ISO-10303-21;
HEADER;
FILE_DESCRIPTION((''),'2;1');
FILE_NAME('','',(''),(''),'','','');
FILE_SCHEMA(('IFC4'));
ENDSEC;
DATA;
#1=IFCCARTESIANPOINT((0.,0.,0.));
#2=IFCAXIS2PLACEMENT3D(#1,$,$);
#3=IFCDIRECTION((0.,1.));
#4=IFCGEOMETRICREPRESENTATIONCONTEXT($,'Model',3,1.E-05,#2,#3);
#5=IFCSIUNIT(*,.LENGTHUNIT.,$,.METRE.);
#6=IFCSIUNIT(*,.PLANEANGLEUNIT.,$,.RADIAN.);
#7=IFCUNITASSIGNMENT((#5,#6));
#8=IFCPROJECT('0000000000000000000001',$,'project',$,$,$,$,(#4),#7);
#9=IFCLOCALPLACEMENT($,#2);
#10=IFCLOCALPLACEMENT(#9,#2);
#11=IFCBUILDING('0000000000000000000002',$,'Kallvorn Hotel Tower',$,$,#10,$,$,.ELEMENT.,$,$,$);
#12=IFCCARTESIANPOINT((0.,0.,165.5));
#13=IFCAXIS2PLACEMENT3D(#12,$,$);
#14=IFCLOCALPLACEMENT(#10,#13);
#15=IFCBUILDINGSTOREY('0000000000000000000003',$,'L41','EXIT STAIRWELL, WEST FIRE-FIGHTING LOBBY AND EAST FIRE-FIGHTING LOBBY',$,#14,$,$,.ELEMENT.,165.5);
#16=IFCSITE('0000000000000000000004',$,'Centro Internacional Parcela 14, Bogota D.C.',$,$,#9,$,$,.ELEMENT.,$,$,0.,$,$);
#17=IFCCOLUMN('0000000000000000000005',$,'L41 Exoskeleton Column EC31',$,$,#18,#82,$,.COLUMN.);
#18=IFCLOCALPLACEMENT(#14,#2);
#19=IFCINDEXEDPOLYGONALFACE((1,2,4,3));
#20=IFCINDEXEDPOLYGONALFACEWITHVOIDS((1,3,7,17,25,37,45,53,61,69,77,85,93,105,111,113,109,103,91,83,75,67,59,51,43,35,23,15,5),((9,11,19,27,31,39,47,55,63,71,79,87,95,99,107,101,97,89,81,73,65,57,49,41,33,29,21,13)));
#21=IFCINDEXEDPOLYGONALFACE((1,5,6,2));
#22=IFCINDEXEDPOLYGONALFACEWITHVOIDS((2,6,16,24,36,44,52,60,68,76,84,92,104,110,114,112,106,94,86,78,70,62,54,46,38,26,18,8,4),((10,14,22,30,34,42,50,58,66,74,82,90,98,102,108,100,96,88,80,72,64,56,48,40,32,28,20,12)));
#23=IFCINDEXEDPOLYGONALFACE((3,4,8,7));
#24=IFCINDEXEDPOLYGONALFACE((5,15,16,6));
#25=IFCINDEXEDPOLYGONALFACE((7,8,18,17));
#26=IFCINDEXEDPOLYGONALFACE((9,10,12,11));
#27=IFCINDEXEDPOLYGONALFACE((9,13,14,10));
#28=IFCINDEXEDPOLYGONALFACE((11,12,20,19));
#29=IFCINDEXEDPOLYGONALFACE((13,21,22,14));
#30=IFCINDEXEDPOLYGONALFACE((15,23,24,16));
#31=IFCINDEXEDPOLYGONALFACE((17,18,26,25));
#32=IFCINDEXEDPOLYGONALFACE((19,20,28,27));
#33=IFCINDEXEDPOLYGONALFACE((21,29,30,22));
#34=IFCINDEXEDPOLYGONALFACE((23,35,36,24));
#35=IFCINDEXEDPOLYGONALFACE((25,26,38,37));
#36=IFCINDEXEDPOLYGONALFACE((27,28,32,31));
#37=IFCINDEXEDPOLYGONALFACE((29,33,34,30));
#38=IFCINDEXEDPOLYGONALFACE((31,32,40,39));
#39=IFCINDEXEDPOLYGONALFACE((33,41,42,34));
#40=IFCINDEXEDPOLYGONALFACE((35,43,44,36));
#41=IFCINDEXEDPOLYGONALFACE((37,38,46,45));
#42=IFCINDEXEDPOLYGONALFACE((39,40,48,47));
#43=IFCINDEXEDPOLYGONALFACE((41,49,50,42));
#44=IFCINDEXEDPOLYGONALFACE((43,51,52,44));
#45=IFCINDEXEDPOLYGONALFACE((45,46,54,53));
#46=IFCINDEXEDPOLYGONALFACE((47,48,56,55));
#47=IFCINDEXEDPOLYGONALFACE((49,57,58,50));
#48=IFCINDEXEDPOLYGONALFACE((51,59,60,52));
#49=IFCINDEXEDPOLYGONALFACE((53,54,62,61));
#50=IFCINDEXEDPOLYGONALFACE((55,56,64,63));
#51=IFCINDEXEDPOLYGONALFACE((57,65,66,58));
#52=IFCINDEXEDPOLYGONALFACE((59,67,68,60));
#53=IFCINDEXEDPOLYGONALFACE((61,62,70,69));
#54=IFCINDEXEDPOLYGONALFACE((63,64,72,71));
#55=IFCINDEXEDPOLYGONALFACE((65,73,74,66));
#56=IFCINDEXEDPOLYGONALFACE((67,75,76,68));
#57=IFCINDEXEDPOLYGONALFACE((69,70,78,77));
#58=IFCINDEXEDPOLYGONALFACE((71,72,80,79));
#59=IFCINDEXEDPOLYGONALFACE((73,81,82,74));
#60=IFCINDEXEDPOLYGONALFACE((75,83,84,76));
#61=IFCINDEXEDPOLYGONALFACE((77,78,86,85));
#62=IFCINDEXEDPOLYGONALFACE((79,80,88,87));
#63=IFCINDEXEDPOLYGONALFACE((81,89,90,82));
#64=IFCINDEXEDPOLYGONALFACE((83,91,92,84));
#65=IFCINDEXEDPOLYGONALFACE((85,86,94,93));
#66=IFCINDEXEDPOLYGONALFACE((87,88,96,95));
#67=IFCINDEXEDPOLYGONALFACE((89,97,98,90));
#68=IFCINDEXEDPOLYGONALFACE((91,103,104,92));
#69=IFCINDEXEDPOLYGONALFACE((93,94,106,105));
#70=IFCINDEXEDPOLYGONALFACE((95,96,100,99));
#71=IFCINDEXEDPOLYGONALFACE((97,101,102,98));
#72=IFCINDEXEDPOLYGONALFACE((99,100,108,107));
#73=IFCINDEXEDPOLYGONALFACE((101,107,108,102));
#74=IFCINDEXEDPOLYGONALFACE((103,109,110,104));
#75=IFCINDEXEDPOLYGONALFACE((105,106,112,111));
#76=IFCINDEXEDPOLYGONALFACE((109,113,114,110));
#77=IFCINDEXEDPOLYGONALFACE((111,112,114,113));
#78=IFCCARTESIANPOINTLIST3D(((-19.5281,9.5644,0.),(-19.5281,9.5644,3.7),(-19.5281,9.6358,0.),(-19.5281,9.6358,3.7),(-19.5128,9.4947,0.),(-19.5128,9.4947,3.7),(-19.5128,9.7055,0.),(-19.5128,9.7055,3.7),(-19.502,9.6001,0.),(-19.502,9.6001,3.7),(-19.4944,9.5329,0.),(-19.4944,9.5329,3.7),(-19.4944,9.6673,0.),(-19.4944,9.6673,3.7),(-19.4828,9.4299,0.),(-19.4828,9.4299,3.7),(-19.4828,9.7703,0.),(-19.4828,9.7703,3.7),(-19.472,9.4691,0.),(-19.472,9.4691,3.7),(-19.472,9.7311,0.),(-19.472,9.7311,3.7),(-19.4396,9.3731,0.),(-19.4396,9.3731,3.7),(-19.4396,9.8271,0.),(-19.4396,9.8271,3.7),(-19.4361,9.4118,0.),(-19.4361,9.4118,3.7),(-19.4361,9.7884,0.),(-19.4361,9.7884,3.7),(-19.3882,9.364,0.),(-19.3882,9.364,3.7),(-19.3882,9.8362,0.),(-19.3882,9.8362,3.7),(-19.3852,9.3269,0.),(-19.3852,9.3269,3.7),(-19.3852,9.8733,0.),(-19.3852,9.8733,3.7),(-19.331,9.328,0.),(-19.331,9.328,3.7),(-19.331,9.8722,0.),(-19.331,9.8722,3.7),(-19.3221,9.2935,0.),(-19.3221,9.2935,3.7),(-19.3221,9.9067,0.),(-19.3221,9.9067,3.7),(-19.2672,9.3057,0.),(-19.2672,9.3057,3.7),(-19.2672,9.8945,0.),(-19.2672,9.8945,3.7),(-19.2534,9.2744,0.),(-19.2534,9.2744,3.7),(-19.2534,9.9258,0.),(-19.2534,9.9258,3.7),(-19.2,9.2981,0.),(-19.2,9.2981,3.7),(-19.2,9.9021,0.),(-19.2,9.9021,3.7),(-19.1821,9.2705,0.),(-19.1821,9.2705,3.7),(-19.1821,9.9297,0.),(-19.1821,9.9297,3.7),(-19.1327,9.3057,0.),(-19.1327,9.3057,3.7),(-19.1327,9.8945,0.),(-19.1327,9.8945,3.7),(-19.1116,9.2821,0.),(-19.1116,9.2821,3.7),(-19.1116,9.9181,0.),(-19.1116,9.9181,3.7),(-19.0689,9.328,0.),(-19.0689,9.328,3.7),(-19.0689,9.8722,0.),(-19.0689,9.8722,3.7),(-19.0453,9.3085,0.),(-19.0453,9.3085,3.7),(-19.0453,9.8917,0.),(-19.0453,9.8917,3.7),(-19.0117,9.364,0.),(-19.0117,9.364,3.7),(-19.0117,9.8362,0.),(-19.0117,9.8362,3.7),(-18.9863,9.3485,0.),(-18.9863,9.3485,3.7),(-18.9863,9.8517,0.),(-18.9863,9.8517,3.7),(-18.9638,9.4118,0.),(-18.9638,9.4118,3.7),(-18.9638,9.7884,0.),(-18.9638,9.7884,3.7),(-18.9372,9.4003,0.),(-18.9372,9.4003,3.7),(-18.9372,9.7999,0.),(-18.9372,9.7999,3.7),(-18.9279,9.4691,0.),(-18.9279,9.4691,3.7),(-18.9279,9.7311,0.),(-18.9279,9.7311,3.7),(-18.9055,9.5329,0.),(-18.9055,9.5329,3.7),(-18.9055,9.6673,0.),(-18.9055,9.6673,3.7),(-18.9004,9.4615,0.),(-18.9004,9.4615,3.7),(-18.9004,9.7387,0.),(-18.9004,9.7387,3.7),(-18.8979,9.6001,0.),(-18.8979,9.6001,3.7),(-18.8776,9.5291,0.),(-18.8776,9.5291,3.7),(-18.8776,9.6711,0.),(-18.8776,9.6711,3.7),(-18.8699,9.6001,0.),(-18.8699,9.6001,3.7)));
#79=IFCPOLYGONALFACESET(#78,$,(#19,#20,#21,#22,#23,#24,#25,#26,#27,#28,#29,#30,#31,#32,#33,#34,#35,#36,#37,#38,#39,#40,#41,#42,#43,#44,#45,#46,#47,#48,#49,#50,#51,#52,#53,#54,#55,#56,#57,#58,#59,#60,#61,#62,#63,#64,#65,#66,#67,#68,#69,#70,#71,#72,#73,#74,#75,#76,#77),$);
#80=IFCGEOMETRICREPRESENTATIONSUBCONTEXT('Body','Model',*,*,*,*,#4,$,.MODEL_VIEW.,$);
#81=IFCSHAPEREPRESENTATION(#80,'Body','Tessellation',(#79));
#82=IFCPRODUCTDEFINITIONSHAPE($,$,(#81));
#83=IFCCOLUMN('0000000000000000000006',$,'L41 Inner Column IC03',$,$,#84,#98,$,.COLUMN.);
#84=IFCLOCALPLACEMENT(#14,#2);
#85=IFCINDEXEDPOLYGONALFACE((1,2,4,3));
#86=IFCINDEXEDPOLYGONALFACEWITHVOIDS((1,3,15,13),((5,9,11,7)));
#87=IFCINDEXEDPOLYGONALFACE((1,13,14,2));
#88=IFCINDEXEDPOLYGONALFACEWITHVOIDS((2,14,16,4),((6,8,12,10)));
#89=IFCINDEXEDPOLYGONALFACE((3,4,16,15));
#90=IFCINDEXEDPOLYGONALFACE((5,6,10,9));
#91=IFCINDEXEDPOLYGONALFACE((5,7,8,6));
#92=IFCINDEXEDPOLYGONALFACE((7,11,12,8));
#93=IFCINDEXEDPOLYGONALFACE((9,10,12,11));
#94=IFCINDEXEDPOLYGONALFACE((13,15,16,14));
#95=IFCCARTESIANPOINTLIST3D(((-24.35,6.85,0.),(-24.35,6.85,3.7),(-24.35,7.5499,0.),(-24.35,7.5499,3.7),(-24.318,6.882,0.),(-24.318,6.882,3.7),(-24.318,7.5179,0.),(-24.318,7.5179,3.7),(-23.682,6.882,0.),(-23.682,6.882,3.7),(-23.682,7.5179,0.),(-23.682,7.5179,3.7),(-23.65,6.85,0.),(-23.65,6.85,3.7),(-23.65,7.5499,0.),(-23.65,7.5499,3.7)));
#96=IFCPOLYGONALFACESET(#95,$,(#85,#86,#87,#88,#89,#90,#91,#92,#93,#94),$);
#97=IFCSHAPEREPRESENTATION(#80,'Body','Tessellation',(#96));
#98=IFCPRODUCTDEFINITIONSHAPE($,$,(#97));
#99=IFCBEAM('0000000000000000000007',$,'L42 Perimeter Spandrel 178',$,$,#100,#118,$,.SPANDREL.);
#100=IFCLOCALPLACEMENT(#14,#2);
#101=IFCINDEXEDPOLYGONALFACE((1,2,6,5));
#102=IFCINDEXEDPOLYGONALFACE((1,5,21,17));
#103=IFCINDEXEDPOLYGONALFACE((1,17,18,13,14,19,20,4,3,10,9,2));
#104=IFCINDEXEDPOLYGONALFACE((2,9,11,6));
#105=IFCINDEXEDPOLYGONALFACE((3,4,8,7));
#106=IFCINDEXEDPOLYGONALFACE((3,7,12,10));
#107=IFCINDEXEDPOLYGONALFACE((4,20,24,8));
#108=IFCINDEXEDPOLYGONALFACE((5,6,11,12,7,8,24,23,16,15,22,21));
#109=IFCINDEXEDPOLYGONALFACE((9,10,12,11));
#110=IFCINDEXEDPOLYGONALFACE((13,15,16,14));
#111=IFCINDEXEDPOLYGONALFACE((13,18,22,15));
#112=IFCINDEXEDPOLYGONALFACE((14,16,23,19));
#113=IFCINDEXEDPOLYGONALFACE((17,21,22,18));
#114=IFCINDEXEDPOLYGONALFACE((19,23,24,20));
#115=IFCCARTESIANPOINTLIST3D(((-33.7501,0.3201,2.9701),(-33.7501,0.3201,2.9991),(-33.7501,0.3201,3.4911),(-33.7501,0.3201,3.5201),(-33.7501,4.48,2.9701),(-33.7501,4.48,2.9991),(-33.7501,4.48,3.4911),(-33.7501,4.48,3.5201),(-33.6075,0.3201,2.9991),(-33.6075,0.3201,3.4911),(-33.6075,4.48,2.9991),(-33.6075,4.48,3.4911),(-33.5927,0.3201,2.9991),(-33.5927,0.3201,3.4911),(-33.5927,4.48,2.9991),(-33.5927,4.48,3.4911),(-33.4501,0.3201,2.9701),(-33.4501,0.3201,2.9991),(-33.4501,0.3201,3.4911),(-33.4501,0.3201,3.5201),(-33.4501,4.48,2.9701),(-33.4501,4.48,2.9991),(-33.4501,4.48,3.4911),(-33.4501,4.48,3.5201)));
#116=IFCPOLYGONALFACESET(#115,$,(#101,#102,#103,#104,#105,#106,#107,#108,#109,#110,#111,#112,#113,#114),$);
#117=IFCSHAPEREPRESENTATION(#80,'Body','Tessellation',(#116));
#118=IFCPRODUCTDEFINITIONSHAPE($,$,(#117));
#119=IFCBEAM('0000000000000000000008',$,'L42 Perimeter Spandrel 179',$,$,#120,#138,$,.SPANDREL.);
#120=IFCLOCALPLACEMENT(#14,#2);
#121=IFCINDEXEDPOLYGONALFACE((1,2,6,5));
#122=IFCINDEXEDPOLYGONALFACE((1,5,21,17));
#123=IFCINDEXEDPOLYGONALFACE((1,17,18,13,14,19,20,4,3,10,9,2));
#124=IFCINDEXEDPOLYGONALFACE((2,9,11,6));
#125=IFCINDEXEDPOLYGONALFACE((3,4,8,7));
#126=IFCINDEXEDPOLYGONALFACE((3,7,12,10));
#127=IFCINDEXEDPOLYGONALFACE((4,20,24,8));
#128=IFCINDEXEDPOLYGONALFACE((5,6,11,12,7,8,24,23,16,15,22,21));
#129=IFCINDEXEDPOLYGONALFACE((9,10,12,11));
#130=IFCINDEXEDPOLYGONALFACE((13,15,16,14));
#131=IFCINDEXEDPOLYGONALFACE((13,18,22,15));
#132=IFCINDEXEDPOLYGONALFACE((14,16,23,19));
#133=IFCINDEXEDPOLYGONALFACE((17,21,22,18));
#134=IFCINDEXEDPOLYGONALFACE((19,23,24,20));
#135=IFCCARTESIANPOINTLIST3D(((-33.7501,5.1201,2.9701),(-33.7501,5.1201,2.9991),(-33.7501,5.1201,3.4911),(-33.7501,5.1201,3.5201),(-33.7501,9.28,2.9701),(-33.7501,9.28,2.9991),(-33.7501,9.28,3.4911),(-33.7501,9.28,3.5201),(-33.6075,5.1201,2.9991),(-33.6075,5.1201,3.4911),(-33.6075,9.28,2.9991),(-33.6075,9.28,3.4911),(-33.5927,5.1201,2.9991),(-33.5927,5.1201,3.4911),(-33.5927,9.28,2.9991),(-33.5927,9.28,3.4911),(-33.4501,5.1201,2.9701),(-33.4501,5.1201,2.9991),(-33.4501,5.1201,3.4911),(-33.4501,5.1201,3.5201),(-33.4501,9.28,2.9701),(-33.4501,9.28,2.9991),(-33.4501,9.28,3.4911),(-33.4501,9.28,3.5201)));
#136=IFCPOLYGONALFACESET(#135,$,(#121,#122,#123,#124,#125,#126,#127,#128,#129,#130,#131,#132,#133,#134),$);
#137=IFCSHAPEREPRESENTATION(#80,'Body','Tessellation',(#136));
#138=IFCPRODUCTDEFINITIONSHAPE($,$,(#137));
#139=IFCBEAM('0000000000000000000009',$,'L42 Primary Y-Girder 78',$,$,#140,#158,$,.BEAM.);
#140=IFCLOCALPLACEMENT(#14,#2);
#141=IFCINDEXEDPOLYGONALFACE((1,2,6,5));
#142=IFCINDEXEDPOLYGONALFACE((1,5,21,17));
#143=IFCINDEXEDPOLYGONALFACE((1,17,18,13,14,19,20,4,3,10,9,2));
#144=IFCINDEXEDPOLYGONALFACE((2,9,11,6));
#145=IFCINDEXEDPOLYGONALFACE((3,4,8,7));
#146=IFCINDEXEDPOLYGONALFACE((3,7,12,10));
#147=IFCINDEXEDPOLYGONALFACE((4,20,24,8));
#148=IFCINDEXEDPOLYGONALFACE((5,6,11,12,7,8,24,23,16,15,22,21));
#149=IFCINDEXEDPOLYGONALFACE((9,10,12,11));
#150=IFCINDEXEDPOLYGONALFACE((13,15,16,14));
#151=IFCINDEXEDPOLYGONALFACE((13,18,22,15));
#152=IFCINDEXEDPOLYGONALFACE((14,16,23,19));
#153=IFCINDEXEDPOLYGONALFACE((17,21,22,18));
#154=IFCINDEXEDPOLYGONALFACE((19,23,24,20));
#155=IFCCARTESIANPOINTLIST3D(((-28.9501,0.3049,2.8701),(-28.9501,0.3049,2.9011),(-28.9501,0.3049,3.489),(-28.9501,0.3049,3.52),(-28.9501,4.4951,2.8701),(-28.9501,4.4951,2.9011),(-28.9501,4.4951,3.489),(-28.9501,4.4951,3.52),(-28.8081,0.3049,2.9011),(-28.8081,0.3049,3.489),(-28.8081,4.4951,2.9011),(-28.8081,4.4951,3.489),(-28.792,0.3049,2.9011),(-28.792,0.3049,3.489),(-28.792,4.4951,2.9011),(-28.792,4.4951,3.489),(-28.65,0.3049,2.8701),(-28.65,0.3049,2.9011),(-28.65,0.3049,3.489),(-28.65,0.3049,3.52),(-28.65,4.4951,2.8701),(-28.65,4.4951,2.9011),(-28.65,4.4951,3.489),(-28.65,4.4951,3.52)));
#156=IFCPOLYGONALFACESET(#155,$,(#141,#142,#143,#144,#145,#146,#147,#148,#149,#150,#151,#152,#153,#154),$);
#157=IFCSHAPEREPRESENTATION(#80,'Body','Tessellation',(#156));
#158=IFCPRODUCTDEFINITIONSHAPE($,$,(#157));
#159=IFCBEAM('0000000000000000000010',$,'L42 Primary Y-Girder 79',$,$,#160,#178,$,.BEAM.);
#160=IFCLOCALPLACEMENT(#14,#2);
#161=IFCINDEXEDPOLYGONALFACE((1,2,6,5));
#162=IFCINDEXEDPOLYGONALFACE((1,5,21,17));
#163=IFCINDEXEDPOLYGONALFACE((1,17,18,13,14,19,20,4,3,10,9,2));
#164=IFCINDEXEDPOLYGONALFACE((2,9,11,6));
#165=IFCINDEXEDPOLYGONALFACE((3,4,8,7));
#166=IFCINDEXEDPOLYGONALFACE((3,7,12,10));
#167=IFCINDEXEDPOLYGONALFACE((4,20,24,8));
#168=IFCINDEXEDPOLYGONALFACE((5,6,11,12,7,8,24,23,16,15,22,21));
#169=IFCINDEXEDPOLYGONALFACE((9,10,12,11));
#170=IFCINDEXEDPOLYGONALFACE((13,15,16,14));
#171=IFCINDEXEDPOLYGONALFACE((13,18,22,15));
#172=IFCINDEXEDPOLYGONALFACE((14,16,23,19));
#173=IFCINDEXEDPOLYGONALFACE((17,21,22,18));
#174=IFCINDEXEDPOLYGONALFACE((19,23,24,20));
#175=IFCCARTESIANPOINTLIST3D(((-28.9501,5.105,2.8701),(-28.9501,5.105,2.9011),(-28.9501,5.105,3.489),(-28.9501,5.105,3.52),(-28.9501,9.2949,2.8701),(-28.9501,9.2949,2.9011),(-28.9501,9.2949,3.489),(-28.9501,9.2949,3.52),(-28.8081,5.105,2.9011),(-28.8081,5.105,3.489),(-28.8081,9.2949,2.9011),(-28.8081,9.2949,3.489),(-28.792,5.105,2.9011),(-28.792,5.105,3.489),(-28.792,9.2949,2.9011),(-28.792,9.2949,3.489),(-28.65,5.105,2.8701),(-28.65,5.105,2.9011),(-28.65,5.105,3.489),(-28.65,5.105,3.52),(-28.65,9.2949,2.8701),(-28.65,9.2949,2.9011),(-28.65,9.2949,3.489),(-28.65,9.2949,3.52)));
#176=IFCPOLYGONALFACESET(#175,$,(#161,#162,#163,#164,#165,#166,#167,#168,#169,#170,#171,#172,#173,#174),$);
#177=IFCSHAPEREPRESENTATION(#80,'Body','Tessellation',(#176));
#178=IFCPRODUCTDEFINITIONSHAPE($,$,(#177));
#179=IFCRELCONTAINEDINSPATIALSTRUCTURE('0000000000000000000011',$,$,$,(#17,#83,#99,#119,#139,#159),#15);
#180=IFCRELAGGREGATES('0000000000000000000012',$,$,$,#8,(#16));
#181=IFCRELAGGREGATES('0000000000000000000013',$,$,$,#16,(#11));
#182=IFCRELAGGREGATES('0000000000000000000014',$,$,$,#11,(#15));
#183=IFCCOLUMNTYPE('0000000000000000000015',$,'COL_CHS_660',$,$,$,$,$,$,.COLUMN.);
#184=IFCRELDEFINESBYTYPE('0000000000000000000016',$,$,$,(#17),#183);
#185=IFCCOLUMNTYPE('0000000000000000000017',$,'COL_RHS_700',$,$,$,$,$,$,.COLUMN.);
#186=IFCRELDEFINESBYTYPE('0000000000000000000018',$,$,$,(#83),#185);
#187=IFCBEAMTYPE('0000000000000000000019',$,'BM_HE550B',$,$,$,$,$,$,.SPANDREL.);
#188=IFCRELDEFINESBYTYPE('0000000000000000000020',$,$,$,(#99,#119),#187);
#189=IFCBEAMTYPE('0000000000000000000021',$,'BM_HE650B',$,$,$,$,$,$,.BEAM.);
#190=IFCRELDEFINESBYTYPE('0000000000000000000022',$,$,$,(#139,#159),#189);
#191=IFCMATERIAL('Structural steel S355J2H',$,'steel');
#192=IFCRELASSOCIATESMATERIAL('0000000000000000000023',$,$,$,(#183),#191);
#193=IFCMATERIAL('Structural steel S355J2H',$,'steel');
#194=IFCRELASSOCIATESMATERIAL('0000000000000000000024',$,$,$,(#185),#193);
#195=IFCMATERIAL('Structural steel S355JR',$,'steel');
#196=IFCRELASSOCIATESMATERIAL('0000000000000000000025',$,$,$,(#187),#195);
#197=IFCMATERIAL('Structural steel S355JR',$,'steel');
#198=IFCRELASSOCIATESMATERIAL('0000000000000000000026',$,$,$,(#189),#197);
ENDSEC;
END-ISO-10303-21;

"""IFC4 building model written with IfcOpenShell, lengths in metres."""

from ifc_helpers import new_model, si_unit, direction, frame, origin, origin_2d, place, context, subcontext, project, spatial, hollow_rectangle, hollow_circle, i_section, extrude, material, material_profile, profile_set, type_object, element, save


model = new_model("IFC4")

# Units and contexts
model_context = context("Model", 3, precision=1e-05, world=origin(), true_north=direction((0.0, 1.0)))
body_context = subcontext(model_context, "Body", "Model", "MODEL_VIEW")
ifc_project = project(units=[si_unit("LENGTHUNIT", "METRE"), si_unit("PLANEANGLEUNIT", "RADIAN")], contexts=[model_context])

# Site, building, storey
site_placement = place(None, origin())
site = spatial("IfcSite", under=ifc_project, at=site_placement, Name="Centro Internacional Parcela 14, Bogota D.C.", CompositionType="ELEMENT", RefElevation=0.0)
building_placement = place(site_placement, origin())
building = spatial("IfcBuilding", under=site, at=building_placement, Name="Kallvorn Hotel Tower", CompositionType="ELEMENT")
storey_placement = place(building_placement, frame((0.0, 0.0, 165.5)))
storey = spatial("IfcBuildingStorey", under=building, at=storey_placement, Name="L41", Description="EXIT STAIRWELL, WEST FIRE-FIGHTING LOBBY AND EAST FIRE-FIGHTING LOBBY", CompositionType="ELEMENT", Elevation=165.5)

# Columns
ifc_material_1 = material(Name="Structural steel S355J2H", Category="steel")
ifc_material_profile_1 = material_profile(ifc_material_1, hollow_circle(Radius=0.3301, WallThickness=0.0281, at=origin_2d()), Name="CHS 660x28")
ifc_profile_set_1 = profile_set([ifc_material_profile_1], Name="Structural steel S355J2H")
column_type_1 = type_object("IfcColumnType", Name="COL_CHS_660", PredefinedType="COLUMN", material=ifc_profile_set_1)
for number, where, z_axis, x_axis, name in (
    (1, (-19.2, 9.6001, 0.0), (0.0, 0.0, 1.0), (1.0, 0.0, 0.0), "L41 Exoskeleton Column EC31"),
):
    element("IfcColumn", number, at=place(storey_placement, frame(where, z_axis=z_axis, x_axis=x_axis)), inside=storey, type_object=column_type_1, Name=name, PredefinedType="COLUMN", context=body_context, shape_type="SweptSolid", body=[
        extrude(hollow_circle(Radius=0.3301, WallThickness=0.0281, at=origin_2d()), origin(), (0.0, 0.0, 1.0), 3.7),
    ])
ifc_material_2 = material(Name="Structural steel S355J2H", Category="steel")
ifc_material_profile_2 = material_profile(ifc_material_2, hollow_rectangle(XDim=0.7, YDim=0.7, WallThickness=0.032, at=origin_2d()), Name="RHS 700x700x32")
ifc_profile_set_2 = profile_set([ifc_material_profile_2], Name="Structural steel S355J2H")
column_type_2 = type_object("IfcColumnType", Name="COL_RHS_700", PredefinedType="COLUMN", material=ifc_profile_set_2)
column_placement = place(storey_placement, frame((-24.0, 7.2, 0.0), z_axis=(0.0, 0.0, 1.0), x_axis=(1.0, 0.0, 0.0)))
element("IfcColumn", 2, at=column_placement, inside=storey, type_object=column_type_2, Name="L41 Inner Column IC03", PredefinedType="COLUMN", context=body_context, shape_type="SweptSolid", body=[
    extrude(hollow_rectangle(XDim=0.7, YDim=0.7, WallThickness=0.032, at=origin_2d()), origin(), (0.0, 0.0, 1.0), 3.7),
])

# Beams
ifc_material_3 = material(Name="Structural steel S355JR", Category="steel")
ifc_material_profile_3 = material_profile(ifc_material_3, i_section(OverallWidth=0.3, OverallDepth=0.55, WebThickness=0.0149, FlangeThickness=0.0291, at=origin_2d()), Name="HE 550 B")
ifc_profile_set_3 = profile_set([ifc_material_profile_3], Name="Structural steel S355JR")
beam_type_1 = type_object("IfcBeamType", Name="BM_HE550B", PredefinedType="SPANDREL", material=ifc_profile_set_3)
for number, where, z_axis, x_axis, name in (
    (3, (-33.6001, 0.3201, 3.2451), (0.0, 1.0, 0.0), (-1.0, 0.0, 0.0), "L42 Perimeter Spandrel 178"),
    (4, (-33.6001, 5.1201, 3.2451), (0.0, 1.0, 0.0), (-1.0, 0.0, 0.0), "L42 Perimeter Spandrel 179"),
):
    element("IfcBeam", number, at=place(storey_placement, frame(where, z_axis=z_axis, x_axis=x_axis)), inside=storey, type_object=beam_type_1, Name=name, PredefinedType="SPANDREL", context=body_context, shape_type="SweptSolid", body=[
        extrude(i_section(OverallWidth=0.3, OverallDepth=0.55, WebThickness=0.0149, FlangeThickness=0.0291, at=origin_2d()), origin(), (0.0, 0.0, 1.0), 4.1599),
    ])
ifc_material_4 = material(Name="Structural steel S355JR", Category="steel")
ifc_material_profile_4 = material_profile(ifc_material_4, i_section(OverallWidth=0.3, OverallDepth=0.6499, WebThickness=0.0161, FlangeThickness=0.031, at=origin_2d()), Name="HE 650 B")
ifc_profile_set_4 = profile_set([ifc_material_profile_4], Name="Structural steel S355JR")
beam_type_2 = type_object("IfcBeamType", Name="BM_HE650B", PredefinedType="BEAM", material=ifc_profile_set_4)
beam_1_placement = place(storey_placement, frame((-28.8, 0.3049, 3.1951), z_axis=(0.0, 1.0, 0.0), x_axis=(-1.0, 0.0, 0.0)))
element("IfcBeam", 5, at=beam_1_placement, inside=storey, type_object=beam_type_2, Name="L42 Primary Y-Girder 78", PredefinedType="BEAM", context=body_context, shape_type="SweptSolid", body=[
    extrude(i_section(OverallWidth=0.3, OverallDepth=0.6499, WebThickness=0.0161, FlangeThickness=0.031, at=origin_2d()), origin(), (0.0, 0.0, 1.0), 4.1902),
])
for number, where, z_axis, x_axis, name in (
    (6, (-28.8, 5.105, 3.1951), (0.0, 1.0, 0.0), (-1.0, 0.0, 0.0), "L42 Primary Y-Girder 79"),
):
    element("IfcBeam", number, at=place(storey_placement, frame(where, z_axis=z_axis, x_axis=x_axis)), inside=storey, type_object=beam_type_2, Name=name, PredefinedType="BEAM", context=body_context, shape_type="SweptSolid", body=[
        extrude(i_section(OverallWidth=0.3, OverallDepth=0.6499, WebThickness=0.0161, FlangeThickness=0.031, at=origin_2d()), origin(), (0.0, 0.0, 1.0), 4.1899),
    ])

save(model, "model.ifc")
